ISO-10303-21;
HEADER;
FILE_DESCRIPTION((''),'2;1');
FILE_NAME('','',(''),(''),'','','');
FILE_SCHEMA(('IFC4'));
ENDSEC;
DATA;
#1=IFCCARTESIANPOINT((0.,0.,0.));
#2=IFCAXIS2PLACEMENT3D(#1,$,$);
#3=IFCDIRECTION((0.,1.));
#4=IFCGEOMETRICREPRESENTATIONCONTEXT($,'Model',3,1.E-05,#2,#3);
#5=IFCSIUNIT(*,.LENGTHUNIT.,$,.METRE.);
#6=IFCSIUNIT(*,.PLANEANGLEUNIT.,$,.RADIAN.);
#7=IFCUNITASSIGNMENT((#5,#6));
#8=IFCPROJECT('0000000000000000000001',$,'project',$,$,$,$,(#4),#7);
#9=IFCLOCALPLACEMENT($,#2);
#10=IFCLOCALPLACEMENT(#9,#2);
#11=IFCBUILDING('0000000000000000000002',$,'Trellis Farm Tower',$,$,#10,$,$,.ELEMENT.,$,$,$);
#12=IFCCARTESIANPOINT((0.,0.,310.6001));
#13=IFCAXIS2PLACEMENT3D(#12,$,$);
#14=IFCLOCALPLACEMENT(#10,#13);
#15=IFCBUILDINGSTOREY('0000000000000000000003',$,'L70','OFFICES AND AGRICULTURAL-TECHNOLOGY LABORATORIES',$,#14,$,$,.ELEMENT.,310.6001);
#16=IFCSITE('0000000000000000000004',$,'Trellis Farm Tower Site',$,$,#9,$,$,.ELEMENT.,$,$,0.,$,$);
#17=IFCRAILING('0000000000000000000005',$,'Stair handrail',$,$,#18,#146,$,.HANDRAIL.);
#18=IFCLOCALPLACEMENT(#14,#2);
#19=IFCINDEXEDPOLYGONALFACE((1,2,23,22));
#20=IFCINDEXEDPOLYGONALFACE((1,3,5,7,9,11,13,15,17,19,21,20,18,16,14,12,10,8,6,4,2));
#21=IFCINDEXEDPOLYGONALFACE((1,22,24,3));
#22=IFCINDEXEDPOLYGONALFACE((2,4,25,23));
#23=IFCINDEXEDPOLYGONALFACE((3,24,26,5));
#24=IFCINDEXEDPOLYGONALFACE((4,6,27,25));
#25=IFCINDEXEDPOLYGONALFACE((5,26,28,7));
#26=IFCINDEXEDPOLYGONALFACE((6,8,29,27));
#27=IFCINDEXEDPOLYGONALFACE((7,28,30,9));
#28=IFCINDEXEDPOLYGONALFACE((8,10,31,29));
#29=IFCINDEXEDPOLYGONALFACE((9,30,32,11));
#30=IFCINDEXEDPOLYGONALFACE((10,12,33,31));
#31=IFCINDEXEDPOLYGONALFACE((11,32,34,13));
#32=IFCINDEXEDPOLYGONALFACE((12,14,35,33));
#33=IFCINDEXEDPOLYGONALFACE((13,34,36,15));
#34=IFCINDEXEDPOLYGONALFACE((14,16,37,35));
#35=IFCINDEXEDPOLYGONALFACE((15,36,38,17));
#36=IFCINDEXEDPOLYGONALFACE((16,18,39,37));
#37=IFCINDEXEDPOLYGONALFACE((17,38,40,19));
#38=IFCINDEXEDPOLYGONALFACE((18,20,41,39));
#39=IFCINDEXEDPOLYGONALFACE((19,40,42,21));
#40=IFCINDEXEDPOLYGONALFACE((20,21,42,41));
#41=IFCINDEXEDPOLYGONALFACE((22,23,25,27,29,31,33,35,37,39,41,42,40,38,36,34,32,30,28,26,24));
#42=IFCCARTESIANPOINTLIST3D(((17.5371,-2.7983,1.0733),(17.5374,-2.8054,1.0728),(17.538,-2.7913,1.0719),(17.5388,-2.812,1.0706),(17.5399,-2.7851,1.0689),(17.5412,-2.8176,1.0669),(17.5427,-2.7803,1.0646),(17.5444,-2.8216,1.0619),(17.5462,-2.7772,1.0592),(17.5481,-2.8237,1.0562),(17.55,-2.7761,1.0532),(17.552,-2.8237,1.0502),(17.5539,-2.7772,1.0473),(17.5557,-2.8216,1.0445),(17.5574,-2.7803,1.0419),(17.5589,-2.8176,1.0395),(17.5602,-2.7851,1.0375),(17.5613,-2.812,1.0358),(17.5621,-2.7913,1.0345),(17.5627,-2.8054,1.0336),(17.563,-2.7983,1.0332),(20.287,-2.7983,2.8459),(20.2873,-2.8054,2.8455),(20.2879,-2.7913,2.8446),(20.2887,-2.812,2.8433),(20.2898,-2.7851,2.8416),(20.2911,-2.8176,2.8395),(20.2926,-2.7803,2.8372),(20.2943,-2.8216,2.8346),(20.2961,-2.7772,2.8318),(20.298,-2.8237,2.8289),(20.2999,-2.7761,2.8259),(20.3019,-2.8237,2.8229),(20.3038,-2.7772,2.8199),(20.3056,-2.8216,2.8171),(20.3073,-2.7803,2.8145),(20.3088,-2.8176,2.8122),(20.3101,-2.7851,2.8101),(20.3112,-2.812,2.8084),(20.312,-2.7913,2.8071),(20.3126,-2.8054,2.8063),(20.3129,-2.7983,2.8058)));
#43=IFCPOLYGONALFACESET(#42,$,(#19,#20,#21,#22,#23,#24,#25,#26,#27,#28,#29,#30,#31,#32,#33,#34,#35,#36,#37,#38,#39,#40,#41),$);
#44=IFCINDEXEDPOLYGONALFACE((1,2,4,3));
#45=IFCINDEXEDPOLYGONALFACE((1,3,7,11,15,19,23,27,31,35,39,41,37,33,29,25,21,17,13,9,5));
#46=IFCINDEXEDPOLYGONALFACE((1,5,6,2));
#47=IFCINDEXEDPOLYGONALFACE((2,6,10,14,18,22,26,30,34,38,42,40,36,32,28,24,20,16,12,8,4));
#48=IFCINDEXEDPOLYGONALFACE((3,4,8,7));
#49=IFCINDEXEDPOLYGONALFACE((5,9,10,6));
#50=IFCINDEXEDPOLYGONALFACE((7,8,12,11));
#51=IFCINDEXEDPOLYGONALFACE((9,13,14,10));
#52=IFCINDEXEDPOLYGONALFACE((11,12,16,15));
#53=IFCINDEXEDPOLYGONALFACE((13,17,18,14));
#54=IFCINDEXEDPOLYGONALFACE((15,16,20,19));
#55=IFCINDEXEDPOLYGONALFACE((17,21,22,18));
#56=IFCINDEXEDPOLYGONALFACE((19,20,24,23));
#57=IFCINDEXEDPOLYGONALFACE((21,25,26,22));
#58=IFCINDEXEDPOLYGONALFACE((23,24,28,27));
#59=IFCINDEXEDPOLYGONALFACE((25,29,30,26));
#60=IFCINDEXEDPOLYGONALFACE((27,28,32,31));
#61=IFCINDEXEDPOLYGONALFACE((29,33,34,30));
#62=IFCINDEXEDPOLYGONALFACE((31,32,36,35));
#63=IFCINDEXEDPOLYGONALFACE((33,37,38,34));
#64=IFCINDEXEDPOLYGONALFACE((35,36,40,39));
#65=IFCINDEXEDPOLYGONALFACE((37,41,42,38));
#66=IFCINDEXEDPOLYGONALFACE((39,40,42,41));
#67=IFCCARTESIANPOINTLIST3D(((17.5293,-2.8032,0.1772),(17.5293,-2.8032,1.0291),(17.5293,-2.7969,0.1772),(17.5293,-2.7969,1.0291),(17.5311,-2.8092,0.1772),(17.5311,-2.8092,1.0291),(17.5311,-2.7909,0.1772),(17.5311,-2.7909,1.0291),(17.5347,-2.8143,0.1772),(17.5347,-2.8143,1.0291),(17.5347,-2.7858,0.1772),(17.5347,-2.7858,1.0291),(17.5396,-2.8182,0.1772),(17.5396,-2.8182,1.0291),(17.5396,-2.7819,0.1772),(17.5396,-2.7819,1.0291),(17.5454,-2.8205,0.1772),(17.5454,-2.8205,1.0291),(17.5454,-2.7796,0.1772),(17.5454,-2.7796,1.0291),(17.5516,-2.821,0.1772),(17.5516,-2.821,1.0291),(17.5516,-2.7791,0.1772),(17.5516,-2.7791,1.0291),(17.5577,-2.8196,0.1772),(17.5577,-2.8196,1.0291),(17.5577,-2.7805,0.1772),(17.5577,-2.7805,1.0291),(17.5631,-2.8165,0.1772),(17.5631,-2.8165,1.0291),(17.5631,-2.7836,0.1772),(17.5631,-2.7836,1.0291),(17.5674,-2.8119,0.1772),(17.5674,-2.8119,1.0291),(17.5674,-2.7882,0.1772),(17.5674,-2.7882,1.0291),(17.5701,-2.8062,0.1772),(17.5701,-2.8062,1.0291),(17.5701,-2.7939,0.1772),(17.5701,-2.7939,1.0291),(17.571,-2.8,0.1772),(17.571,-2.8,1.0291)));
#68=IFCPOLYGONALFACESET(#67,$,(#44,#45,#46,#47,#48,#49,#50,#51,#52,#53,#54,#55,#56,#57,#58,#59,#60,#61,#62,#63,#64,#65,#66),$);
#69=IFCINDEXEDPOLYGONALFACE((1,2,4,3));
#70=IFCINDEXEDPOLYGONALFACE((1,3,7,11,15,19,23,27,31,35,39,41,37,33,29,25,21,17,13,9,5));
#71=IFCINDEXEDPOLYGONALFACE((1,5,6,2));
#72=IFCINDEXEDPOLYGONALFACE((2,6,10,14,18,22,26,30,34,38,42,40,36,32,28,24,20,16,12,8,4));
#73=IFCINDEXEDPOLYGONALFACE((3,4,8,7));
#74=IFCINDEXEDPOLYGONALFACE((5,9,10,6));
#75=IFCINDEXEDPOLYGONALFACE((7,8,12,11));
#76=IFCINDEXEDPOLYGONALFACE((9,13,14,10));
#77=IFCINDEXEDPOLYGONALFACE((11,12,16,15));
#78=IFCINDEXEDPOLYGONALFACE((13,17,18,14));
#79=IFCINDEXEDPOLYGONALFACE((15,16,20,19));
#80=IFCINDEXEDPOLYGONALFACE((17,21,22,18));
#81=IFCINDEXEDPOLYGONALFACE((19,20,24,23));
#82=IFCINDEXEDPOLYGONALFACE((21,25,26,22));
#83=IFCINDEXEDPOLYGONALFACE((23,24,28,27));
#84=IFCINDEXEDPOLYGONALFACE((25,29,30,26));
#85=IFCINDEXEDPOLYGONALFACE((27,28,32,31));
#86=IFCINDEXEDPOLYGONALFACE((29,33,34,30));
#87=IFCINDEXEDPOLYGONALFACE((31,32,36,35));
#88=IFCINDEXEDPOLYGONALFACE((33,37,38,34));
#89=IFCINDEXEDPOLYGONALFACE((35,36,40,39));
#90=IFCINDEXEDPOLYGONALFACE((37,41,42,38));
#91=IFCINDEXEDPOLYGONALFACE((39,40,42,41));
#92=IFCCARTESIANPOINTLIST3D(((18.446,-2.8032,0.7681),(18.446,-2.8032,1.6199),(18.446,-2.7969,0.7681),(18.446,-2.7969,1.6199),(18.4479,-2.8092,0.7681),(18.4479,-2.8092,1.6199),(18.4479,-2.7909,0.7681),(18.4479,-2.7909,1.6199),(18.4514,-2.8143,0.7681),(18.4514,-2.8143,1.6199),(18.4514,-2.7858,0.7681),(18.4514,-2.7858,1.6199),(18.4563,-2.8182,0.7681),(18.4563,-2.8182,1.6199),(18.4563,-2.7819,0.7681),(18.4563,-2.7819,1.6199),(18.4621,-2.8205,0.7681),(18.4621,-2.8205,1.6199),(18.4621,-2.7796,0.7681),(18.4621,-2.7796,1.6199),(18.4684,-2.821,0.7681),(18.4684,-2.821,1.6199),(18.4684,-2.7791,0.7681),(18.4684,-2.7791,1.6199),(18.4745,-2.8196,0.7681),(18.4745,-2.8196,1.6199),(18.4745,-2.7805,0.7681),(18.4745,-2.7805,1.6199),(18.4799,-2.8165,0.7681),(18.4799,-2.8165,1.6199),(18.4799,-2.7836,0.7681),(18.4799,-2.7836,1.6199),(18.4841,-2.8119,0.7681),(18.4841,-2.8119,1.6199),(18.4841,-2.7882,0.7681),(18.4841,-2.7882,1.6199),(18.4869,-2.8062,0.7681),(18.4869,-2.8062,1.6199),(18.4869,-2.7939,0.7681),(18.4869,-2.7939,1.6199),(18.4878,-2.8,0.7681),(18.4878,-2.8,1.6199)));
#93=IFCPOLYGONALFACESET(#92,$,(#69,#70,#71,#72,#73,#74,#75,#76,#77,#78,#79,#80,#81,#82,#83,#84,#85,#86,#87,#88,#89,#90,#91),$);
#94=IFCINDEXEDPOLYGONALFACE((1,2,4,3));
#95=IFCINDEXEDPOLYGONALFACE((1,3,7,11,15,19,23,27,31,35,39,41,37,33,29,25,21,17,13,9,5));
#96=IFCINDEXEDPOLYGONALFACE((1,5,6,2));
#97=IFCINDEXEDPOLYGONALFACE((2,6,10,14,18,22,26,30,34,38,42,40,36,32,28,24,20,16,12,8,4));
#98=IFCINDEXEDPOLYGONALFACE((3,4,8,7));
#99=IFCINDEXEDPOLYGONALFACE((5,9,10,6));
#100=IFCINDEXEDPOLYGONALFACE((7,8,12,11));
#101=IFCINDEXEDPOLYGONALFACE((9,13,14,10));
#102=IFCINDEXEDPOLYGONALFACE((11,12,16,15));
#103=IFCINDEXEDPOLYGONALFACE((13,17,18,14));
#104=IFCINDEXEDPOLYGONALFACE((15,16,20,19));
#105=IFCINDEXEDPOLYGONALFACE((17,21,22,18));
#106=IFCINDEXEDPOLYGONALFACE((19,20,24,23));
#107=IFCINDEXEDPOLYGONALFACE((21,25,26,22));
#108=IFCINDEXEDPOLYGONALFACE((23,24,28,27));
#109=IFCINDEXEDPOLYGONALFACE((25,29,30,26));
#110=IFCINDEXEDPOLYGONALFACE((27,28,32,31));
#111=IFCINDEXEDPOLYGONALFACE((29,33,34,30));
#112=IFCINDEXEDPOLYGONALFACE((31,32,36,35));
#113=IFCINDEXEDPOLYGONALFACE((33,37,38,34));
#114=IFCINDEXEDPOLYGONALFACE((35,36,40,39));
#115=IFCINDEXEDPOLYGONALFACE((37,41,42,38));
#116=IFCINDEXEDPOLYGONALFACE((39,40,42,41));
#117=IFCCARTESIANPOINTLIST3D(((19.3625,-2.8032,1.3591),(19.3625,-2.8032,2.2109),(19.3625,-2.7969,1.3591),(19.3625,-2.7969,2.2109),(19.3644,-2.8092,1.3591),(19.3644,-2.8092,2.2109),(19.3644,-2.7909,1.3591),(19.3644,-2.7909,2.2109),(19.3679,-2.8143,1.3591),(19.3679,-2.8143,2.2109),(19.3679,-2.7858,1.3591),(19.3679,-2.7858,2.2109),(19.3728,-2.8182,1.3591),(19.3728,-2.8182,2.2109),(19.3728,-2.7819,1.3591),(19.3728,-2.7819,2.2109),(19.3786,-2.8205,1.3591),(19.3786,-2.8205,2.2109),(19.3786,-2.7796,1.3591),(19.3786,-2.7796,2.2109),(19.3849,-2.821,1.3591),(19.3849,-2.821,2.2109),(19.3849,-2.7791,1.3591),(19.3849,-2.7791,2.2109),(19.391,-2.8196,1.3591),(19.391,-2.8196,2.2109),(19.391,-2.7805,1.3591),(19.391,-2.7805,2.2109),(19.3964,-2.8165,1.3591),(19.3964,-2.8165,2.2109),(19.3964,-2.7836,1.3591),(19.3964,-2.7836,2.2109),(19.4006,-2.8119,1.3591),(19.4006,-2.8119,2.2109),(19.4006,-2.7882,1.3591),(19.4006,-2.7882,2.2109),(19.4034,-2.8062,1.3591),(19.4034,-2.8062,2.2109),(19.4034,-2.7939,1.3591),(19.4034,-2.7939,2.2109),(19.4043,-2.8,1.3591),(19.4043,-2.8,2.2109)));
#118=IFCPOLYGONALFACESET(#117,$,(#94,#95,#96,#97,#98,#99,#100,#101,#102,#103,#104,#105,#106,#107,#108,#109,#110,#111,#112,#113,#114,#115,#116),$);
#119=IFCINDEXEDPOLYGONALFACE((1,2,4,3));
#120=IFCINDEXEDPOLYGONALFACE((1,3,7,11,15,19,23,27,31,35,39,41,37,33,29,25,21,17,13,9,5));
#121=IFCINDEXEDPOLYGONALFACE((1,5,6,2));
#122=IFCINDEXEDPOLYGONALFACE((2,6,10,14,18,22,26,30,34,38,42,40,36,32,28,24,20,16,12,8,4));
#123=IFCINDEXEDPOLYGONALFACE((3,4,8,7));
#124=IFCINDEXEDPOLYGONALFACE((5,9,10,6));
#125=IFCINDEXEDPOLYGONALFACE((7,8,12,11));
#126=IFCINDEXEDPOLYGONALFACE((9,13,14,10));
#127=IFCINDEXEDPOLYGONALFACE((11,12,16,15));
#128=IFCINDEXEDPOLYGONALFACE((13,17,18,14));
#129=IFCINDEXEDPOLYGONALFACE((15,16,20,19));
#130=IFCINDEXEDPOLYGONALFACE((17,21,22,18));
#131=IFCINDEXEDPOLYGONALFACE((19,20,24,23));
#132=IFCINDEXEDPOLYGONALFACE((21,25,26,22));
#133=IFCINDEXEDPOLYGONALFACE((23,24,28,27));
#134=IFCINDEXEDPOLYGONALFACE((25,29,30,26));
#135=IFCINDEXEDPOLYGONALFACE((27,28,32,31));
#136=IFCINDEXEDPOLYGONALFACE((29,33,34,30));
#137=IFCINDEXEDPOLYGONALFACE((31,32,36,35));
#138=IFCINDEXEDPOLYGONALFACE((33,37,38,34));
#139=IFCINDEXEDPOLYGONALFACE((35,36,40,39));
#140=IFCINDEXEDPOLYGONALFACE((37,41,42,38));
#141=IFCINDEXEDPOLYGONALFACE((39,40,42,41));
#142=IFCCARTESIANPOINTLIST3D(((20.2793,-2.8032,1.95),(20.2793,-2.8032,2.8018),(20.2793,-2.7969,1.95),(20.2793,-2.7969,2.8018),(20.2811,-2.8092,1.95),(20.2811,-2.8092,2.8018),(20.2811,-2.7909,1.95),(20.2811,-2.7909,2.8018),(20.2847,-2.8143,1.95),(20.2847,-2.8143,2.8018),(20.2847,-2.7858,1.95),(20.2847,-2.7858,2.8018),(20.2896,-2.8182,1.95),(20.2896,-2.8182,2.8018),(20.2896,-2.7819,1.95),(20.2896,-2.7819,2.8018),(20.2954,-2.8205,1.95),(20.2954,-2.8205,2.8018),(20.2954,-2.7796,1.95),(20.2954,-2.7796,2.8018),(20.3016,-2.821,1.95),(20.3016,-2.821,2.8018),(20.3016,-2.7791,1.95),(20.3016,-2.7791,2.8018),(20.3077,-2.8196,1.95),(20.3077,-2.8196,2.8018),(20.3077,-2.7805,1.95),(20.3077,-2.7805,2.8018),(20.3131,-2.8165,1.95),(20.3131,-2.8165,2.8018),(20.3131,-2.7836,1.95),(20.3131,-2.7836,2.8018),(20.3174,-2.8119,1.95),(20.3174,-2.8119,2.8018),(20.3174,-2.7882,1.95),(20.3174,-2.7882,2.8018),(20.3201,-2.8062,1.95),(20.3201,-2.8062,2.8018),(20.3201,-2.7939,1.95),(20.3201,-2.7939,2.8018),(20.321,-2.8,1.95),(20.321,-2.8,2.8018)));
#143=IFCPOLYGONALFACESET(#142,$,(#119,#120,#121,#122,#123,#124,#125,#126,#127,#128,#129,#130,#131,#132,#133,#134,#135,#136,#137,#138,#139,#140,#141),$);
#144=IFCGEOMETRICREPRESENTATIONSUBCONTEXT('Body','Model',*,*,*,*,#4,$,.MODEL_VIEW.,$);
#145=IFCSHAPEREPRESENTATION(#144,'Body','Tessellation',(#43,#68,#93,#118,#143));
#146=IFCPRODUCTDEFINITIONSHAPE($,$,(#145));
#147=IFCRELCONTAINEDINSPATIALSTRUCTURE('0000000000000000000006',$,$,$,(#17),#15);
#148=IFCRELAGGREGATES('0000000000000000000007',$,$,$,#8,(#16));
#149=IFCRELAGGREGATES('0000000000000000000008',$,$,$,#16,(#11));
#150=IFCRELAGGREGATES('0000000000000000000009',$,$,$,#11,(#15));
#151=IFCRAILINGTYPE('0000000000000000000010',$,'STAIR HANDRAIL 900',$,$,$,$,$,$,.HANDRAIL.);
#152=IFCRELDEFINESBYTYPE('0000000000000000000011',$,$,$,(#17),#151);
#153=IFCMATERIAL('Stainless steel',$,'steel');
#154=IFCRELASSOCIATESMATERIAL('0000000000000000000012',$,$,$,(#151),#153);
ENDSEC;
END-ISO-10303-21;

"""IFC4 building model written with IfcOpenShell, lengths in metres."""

from ifc_helpers import new_model, si_unit, direction, frame, origin, origin_2d, place, context, subcontext, project, spatial, circle, extrude, source, transform, mapped, material, type_object, element, save


model = new_model("IFC4")

# Units and contexts
model_context = context("Model", 3, precision=1e-05, world=origin(), true_north=direction((0.0, 1.0)))
body_context = subcontext(model_context, "Body", "Model", "MODEL_VIEW")
ifc_project = project(units=[si_unit("LENGTHUNIT", "METRE"), si_unit("PLANEANGLEUNIT", "RADIAN")], contexts=[model_context])

# Site, building, storey
site_placement = place(None, origin())
site = spatial("IfcSite", under=ifc_project, at=site_placement, Name="Trellis Farm Tower Site", CompositionType="ELEMENT", RefElevation=0.0)
building_placement = place(site_placement, origin())
building = spatial("IfcBuilding", under=site, at=building_placement, Name="Trellis Farm Tower", CompositionType="ELEMENT")
storey_placement = place(building_placement, frame((0.0, 0.0, 310.6001)))
storey = spatial("IfcBuildingStorey", under=building, at=storey_placement, Name="L70", Description="OFFICES AND AGRICULTURAL-TECHNOLOGY LABORATORIES", CompositionType="ELEMENT", Elevation=310.6001)

# Railing
ifc_material_1 = material(Name="Stainless steel", Category="steel")
railing_type = type_object("IfcRailingType", Name="STAIR HANDRAIL 900", PredefinedType="HANDRAIL", material=ifc_material_1)
shared_shape_1 = source(origin(), body_context, "Body", "SweptSolid", [
    extrude(circle(Radius=0.0239, at=origin_2d()), frame((0.0, 0.0, 0.876), z_axis=(0.840504, 0.0, 0.541806), x_axis=(0.0, 1.0, 0.0)), (0.0, 0.0, 1.0), 3.2717),
    extrude(circle(Radius=0.021, at=origin_2d()), origin(), (0.0, 0.0, 1.0), 0.8518),
    extrude(circle(Radius=0.021, at=origin_2d()), frame((0.9167, 0.0, 0.5908)), (0.0, 0.0, 1.0), 0.8518),
    extrude(circle(Radius=0.021, at=origin_2d()), frame((1.8333, 0.0, 1.1819)), (0.0, 0.0, 1.0), 0.8518),
    extrude(circle(Radius=0.021, at=origin_2d()), frame((2.75, 0.0, 1.7727)), (0.0, 0.0, 1.0), 0.8518),
])
for number, where, name in (
    (1, (17.55, -2.8, 0.1772), "Stair handrail"),
):
    element("IfcRailing", number, at=place(storey_placement, frame(where)), inside=storey, type_object=railing_type, Name=name, PredefinedType="HANDRAIL", context=body_context, shape_type="MappedRepresentation", body=[
        mapped(shared_shape_1, transform((0.0, 0.0, 0.0))),
    ])

save(model, "model.ifc")
